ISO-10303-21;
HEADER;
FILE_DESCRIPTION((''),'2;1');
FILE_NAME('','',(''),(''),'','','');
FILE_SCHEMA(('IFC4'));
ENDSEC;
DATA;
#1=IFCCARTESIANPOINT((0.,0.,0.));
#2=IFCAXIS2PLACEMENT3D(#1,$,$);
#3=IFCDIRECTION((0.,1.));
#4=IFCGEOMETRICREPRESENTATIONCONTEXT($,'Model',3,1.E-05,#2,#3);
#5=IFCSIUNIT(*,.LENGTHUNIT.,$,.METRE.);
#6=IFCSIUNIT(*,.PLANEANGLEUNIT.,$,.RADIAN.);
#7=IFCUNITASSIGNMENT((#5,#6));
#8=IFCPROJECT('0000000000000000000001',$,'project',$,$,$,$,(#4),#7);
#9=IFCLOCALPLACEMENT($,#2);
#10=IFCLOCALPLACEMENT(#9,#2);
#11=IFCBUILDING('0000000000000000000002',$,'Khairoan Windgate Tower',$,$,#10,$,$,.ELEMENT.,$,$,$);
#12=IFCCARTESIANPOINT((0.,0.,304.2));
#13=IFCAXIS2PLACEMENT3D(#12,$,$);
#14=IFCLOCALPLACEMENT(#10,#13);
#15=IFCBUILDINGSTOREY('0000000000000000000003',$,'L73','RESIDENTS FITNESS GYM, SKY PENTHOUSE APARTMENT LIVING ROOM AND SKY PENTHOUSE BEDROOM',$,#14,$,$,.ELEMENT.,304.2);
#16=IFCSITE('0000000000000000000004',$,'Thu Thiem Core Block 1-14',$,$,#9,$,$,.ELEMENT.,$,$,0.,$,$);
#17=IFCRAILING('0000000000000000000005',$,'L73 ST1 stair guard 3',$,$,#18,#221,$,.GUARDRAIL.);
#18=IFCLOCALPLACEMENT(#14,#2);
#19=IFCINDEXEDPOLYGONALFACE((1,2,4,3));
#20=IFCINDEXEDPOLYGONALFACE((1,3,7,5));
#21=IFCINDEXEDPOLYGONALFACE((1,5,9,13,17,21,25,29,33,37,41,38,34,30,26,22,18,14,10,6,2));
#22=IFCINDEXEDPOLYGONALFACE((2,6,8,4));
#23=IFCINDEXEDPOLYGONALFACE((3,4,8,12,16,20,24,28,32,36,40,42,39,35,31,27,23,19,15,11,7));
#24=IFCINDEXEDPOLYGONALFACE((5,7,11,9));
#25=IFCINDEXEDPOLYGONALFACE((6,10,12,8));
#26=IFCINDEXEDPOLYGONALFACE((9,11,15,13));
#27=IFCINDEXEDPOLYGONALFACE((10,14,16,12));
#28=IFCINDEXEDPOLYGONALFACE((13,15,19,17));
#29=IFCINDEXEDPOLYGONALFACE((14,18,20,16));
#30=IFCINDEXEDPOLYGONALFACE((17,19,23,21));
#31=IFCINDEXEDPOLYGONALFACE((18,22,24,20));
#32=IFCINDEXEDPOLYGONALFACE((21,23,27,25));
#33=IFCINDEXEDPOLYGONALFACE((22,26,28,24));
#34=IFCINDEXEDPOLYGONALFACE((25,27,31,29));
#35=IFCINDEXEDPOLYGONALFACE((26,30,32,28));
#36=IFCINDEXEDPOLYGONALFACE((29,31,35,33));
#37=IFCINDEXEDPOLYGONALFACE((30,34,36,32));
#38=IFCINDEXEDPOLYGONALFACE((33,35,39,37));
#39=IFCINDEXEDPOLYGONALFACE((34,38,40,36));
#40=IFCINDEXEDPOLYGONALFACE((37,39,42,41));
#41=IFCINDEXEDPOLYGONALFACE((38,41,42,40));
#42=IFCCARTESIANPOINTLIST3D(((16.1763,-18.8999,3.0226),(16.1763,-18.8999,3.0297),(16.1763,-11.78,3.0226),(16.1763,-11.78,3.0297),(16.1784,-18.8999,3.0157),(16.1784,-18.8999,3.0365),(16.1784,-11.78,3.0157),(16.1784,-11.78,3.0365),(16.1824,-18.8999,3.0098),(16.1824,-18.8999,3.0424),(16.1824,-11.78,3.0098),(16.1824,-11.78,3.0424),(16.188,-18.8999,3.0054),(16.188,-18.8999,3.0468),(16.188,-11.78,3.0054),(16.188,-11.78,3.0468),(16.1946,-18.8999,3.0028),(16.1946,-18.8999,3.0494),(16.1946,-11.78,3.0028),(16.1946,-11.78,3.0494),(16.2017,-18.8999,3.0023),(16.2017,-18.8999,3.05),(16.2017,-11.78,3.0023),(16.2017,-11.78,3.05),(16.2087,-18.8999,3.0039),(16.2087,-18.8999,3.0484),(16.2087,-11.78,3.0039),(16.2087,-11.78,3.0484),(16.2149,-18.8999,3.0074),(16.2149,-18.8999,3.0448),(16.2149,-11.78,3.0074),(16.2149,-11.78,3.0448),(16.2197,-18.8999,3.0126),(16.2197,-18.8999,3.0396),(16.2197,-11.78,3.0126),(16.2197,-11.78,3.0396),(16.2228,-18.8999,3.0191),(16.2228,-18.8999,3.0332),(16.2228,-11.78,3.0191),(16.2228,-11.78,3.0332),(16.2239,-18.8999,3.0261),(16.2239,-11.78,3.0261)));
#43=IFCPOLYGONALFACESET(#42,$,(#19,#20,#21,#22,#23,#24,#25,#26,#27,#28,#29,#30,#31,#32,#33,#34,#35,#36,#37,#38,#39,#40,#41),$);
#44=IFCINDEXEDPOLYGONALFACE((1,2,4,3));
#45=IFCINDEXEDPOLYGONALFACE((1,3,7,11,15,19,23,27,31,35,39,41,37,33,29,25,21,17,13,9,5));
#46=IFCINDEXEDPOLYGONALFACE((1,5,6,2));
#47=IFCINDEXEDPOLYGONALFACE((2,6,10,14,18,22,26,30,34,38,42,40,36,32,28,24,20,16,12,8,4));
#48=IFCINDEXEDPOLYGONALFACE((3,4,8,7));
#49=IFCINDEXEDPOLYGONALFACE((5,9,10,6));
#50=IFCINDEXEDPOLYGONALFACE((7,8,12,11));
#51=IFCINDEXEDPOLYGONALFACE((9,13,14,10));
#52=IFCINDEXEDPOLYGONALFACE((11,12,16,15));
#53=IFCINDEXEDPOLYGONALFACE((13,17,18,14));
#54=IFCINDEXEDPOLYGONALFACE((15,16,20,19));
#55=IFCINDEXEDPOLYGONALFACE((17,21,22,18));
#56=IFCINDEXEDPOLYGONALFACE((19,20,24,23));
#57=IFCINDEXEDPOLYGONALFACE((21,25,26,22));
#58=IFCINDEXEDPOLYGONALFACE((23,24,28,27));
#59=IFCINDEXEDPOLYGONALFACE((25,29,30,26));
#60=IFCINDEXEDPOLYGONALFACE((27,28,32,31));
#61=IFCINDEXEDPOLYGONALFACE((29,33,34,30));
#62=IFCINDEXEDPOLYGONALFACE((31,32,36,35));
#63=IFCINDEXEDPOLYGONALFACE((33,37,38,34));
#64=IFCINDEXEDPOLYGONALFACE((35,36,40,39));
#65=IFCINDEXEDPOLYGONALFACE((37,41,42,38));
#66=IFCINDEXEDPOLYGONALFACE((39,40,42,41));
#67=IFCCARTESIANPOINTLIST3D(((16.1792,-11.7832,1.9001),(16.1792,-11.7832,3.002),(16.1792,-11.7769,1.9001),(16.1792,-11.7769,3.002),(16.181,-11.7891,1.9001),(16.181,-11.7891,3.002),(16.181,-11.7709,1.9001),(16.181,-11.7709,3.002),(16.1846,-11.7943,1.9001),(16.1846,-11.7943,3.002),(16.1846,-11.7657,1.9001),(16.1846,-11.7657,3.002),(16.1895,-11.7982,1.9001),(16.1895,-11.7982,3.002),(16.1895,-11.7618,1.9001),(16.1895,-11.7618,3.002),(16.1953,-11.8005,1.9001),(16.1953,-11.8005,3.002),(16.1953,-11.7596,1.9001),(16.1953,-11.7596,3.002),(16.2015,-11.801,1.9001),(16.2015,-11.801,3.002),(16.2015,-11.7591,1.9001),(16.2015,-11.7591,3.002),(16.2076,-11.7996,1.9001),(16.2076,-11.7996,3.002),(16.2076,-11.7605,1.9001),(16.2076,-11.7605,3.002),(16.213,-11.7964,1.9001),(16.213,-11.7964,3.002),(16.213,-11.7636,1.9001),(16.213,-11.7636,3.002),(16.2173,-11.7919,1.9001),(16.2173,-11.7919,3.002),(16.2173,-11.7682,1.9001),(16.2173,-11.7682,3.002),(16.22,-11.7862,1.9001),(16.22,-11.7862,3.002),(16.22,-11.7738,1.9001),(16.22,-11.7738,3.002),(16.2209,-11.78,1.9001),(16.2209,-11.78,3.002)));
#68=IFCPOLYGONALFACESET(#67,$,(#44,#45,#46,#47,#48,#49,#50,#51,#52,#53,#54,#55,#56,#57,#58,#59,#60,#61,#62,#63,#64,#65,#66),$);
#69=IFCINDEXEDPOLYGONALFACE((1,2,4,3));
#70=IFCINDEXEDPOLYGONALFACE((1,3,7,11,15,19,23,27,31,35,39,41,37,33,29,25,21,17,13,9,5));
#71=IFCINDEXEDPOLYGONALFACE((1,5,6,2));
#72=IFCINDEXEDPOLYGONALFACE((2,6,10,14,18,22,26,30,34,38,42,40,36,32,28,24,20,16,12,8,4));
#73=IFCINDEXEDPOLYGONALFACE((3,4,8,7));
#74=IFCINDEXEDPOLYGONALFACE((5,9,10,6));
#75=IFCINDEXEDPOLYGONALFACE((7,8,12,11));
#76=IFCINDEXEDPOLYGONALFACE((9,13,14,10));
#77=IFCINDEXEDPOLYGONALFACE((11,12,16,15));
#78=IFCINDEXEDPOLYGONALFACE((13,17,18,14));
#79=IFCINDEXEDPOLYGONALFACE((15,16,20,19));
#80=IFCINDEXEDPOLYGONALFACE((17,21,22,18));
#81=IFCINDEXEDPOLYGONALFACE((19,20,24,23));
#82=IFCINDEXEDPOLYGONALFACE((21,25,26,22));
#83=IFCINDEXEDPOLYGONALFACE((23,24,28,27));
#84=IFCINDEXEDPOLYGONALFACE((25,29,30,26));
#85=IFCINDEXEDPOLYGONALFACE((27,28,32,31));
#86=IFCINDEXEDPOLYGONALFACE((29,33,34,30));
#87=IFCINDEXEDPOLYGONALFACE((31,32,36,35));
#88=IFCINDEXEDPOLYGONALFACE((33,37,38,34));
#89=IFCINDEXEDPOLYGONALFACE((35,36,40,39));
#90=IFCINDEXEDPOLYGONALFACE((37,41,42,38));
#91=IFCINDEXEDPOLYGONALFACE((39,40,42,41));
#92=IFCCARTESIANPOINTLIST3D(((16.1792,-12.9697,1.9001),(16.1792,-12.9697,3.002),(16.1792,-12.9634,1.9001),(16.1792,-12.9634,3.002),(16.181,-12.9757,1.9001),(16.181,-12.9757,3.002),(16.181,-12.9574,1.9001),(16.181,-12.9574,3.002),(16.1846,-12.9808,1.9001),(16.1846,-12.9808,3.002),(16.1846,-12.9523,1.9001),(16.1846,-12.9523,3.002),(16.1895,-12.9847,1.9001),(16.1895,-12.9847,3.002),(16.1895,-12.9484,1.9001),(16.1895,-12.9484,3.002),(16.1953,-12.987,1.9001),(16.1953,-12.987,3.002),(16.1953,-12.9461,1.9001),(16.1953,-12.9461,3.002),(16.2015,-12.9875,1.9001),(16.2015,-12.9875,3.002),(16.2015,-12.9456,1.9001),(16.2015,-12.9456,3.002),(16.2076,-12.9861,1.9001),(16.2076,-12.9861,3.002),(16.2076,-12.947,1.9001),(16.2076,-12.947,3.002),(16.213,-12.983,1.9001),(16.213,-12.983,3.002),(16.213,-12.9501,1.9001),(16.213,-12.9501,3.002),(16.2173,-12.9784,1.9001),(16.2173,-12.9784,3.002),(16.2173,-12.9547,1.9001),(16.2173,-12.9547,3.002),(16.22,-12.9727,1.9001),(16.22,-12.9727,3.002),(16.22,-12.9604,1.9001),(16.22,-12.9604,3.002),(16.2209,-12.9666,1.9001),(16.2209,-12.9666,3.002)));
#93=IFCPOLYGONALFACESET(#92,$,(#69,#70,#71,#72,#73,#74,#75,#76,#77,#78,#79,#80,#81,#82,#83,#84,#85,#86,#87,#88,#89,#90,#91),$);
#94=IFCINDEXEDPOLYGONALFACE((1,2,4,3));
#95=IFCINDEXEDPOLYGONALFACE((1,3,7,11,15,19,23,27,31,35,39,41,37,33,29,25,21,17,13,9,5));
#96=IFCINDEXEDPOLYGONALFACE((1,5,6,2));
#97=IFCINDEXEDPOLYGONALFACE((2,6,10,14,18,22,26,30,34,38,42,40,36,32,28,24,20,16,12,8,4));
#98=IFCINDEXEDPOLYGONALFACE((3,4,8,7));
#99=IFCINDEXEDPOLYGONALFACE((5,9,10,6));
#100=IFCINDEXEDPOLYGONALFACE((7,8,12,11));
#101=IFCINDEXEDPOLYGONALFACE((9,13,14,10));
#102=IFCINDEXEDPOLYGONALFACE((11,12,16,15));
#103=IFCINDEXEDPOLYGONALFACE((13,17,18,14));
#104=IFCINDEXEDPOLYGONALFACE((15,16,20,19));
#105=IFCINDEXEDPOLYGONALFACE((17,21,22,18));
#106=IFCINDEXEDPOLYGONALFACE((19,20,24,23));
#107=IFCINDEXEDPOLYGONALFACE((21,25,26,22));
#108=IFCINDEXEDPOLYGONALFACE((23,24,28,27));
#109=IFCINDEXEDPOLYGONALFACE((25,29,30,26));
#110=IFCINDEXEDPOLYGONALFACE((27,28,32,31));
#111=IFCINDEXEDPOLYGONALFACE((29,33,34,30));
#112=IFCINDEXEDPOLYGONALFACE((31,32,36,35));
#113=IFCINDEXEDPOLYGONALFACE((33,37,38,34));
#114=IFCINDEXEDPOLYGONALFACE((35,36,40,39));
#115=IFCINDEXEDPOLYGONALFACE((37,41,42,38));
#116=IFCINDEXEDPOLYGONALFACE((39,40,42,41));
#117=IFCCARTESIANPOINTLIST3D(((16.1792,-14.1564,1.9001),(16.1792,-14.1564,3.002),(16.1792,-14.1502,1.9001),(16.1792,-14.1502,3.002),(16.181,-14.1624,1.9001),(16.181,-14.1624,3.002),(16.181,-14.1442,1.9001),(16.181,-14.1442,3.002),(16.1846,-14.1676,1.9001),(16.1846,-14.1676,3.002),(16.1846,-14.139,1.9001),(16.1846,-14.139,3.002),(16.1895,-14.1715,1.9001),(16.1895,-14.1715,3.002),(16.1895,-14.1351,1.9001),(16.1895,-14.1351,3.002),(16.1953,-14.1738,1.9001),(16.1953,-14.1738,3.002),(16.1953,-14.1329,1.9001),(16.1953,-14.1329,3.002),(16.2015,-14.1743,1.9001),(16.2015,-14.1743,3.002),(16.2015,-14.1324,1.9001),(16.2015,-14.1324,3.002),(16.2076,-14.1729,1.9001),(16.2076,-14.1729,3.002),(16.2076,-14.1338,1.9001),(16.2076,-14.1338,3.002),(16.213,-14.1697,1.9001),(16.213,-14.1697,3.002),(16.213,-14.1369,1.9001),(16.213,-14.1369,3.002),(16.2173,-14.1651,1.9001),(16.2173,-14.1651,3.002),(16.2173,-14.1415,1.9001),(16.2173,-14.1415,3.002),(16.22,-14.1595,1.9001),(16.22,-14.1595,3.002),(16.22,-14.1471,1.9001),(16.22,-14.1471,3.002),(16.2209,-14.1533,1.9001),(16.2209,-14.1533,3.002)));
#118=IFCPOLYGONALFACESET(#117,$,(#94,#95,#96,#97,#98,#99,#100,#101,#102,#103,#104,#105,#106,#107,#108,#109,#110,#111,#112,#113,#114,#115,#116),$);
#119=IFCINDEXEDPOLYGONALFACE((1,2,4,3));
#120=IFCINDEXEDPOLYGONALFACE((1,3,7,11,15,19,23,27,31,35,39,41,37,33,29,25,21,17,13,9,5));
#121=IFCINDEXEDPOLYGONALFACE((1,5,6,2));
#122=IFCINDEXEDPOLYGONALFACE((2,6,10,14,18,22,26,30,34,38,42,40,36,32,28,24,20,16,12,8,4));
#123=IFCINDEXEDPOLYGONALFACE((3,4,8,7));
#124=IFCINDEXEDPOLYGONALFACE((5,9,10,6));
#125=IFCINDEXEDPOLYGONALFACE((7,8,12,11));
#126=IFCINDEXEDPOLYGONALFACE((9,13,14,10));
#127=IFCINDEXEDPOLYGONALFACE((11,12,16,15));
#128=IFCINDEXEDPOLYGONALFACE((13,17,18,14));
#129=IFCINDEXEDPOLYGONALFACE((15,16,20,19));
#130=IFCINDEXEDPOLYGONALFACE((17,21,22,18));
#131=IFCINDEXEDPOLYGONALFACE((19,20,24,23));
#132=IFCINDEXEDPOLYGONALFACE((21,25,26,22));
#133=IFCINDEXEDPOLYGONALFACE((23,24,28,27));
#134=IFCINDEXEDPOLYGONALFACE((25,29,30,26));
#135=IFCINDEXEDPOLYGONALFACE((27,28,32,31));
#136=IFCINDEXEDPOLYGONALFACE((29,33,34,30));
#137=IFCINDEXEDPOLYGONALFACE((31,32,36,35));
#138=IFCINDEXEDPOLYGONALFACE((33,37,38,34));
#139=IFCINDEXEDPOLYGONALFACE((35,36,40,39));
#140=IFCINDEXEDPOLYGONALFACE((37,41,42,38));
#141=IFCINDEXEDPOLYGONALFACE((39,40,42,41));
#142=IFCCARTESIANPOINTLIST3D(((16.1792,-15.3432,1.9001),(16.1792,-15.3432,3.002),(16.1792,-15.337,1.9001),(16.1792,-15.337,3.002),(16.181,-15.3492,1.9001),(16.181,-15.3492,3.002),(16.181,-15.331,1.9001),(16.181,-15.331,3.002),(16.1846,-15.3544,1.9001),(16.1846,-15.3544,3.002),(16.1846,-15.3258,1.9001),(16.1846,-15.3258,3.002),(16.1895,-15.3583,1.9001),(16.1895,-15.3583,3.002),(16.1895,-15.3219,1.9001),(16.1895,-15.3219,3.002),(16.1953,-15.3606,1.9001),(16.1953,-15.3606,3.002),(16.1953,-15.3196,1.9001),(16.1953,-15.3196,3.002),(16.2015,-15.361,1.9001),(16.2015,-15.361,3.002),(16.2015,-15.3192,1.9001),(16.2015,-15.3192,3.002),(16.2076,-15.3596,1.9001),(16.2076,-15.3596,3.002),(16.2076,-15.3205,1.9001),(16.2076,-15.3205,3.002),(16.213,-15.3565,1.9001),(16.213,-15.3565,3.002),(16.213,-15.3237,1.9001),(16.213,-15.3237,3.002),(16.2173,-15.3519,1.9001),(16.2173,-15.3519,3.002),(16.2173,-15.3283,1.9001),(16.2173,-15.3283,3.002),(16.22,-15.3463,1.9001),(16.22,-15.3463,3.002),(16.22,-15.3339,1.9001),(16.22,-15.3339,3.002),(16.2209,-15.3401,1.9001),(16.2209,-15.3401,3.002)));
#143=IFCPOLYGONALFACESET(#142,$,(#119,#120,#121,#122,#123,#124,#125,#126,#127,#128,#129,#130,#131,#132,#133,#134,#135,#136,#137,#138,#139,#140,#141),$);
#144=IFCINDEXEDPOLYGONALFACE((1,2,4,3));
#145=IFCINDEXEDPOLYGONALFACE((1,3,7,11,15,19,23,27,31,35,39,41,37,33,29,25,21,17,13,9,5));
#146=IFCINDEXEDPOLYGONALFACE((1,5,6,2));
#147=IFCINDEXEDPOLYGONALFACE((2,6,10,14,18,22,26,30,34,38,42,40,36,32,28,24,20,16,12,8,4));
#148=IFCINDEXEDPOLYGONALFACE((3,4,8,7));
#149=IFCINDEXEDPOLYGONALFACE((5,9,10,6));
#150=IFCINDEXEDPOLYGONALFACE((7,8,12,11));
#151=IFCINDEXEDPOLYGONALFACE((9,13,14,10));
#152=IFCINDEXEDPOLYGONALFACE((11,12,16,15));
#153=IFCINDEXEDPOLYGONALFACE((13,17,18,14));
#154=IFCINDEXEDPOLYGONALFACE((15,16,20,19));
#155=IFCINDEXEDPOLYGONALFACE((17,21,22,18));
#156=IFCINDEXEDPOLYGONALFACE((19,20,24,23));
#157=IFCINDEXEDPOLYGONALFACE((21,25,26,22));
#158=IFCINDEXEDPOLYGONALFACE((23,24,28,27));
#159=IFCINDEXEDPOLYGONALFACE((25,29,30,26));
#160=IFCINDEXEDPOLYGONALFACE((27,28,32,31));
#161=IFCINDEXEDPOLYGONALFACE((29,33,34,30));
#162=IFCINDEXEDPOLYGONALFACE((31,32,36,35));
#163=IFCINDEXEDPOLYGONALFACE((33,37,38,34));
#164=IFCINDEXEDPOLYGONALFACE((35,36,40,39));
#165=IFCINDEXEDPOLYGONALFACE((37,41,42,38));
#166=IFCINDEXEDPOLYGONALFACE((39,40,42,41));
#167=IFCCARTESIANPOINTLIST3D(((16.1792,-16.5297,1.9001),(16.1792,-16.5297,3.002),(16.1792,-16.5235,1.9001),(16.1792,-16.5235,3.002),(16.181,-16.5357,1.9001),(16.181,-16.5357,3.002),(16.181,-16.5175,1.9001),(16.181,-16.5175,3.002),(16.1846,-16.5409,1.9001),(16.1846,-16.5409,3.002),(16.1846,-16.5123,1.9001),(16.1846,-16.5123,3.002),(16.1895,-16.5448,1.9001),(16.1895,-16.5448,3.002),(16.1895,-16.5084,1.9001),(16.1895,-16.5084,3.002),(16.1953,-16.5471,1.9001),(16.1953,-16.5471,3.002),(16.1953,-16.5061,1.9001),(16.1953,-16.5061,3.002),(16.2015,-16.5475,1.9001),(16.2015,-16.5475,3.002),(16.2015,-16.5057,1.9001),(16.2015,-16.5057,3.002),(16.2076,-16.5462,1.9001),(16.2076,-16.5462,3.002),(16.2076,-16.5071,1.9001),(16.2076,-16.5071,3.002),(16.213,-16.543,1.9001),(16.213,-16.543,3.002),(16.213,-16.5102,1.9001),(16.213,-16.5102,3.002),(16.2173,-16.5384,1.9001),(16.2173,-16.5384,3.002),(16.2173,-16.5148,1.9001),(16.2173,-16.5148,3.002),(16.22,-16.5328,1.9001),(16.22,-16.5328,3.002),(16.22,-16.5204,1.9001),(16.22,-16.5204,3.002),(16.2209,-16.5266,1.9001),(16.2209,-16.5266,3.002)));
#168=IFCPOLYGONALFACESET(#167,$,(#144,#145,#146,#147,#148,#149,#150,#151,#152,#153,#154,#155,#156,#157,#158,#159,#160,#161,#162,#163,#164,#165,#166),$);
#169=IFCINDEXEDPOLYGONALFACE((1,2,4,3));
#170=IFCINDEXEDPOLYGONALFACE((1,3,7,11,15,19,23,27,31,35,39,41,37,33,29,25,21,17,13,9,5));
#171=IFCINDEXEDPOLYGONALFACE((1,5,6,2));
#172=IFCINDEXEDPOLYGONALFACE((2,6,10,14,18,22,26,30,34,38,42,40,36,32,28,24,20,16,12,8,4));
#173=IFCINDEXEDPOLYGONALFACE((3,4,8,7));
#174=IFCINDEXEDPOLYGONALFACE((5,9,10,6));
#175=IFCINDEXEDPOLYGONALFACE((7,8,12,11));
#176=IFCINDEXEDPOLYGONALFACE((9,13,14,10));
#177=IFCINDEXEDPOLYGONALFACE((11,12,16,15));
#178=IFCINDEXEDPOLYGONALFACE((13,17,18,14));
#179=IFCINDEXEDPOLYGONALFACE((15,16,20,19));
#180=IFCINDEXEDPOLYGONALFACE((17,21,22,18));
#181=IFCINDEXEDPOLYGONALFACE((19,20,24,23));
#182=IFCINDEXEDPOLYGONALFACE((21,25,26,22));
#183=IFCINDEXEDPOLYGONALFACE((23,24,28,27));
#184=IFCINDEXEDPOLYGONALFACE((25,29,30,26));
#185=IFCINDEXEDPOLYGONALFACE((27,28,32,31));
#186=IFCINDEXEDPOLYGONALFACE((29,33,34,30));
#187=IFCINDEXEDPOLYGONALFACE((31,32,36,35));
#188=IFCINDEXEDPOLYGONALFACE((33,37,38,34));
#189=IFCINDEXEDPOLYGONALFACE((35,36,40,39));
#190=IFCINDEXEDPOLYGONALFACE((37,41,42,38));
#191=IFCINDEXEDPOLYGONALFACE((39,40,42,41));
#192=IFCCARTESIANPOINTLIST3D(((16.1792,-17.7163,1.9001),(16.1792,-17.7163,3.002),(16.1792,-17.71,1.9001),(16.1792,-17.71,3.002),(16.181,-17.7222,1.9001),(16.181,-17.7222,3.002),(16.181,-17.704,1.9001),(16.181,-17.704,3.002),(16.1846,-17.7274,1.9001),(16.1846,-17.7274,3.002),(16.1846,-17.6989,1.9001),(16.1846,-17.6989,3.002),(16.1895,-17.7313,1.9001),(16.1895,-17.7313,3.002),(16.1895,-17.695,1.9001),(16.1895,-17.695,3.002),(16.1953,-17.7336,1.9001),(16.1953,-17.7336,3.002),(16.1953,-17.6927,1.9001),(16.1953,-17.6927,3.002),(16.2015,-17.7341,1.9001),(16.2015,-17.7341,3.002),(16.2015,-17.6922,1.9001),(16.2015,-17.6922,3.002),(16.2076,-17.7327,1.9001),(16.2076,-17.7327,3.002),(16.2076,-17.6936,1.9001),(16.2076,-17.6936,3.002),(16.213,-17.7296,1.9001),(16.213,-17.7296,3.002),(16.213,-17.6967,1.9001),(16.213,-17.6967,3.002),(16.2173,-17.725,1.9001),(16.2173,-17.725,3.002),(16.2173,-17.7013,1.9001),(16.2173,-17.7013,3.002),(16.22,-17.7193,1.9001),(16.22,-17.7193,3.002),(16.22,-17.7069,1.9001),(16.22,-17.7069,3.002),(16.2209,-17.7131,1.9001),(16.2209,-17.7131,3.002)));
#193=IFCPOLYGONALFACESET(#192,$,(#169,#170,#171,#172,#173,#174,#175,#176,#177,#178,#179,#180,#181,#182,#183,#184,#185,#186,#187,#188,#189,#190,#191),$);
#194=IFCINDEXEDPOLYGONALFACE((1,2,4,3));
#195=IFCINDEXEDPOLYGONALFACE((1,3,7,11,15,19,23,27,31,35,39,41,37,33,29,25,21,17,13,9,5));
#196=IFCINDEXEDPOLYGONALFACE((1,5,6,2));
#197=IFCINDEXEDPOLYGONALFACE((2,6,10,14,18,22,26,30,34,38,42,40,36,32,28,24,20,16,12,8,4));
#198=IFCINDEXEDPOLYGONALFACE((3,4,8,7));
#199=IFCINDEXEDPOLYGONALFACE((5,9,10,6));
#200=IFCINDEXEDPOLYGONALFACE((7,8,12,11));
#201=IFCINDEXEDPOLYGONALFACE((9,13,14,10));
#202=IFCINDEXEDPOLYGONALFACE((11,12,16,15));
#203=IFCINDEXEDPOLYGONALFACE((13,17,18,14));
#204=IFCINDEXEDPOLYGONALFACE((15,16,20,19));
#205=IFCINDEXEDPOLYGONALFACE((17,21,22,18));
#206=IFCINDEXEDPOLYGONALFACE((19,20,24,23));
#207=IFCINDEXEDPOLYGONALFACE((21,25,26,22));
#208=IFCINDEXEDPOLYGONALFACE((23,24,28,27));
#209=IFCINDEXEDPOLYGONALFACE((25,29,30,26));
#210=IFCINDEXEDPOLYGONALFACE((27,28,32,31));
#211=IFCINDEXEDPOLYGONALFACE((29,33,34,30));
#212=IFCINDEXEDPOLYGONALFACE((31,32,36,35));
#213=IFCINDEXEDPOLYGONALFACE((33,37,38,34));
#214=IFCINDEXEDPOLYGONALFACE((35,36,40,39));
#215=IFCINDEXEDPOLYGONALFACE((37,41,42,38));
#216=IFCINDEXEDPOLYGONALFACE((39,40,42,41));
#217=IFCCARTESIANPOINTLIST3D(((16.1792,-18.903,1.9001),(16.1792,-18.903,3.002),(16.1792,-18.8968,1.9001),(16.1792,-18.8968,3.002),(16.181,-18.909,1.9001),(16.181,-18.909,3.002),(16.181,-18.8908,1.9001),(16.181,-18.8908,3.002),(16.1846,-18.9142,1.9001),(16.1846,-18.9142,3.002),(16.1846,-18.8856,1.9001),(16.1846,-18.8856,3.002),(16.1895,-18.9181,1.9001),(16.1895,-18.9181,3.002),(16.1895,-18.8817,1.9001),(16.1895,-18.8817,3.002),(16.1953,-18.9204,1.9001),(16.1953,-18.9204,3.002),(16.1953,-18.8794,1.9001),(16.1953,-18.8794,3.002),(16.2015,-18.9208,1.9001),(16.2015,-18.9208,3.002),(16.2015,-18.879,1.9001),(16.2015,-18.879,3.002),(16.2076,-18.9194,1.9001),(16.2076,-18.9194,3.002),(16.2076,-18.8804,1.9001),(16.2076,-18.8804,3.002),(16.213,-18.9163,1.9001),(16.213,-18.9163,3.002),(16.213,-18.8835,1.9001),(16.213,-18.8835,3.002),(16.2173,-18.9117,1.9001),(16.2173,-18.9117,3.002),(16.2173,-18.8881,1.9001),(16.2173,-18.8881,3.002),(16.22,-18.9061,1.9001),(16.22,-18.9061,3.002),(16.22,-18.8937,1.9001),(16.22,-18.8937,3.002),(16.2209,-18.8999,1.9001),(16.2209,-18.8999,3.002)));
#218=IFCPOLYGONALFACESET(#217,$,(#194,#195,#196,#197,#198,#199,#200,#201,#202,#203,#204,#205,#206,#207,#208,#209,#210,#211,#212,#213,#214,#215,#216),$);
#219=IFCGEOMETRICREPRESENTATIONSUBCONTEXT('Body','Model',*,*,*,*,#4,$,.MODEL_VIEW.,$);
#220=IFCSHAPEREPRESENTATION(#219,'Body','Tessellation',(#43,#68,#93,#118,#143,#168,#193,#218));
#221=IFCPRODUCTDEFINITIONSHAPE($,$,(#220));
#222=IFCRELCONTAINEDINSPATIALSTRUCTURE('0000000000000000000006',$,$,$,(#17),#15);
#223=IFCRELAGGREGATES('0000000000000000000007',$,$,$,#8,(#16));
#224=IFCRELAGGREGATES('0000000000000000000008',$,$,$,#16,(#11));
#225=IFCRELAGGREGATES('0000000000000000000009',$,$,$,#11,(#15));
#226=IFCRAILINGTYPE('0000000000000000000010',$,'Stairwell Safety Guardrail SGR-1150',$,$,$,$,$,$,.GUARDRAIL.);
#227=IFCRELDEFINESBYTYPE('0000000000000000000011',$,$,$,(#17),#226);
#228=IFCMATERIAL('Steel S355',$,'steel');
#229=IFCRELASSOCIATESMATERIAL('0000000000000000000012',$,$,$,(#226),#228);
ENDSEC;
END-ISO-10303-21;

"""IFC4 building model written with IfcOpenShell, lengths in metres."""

from ifc_helpers import new_model, si_unit, direction, frame, origin, origin_2d, place, context, subcontext, project, spatial, circle, extrude, material, type_object, element, save


model = new_model("IFC4")

# Units and contexts
model_context = context("Model", 3, precision=1e-05, world=origin(), true_north=direction((0.0, 1.0)))
body_context = subcontext(model_context, "Body", "Model", "MODEL_VIEW")
ifc_project = project(units=[si_unit("LENGTHUNIT", "METRE"), si_unit("PLANEANGLEUNIT", "RADIAN")], contexts=[model_context])

# Site, building, storey
site_placement = place(None, origin())
site = spatial("IfcSite", under=ifc_project, at=site_placement, Name="Thu Thiem Core Block 1-14", CompositionType="ELEMENT", RefElevation=0.0)
building_placement = place(site_placement, origin())
building = spatial("IfcBuilding", under=site, at=building_placement, Name="Khairoan Windgate Tower", CompositionType="ELEMENT")
storey_placement = place(building_placement, frame((0.0, 0.0, 304.2)))
storey = spatial("IfcBuildingStorey", under=building, at=storey_placement, Name="L73", Description="RESIDENTS FITNESS GYM, SKY PENTHOUSE APARTMENT LIVING ROOM AND SKY PENTHOUSE BEDROOM", CompositionType="ELEMENT", Elevation=304.2)

# Railing
ifc_material_1 = material(Name="Steel S355", Category="steel")
railing_type_1 = type_object("IfcRailingType", Name="Stairwell Safety Guardrail SGR-1150", PredefinedType="GUARDRAIL", material=ifc_material_1)
railing_1_placement = place(storey_placement, frame((16.2, -11.78, 1.9001)))
element("IfcRailing", 1, at=railing_1_placement, inside=storey, type_object=railing_type_1, Name="L73 ST1 stair guard 3", PredefinedType="GUARDRAIL", context=body_context, shape_type="SweptSolid", body=[
    extrude(circle(Radius=0.0239, at=origin_2d()), frame((0.0, 0.0, 1.126), z_axis=(0.0, -1.0, 0.0), x_axis=(1.0, 0.0, 0.0)), (0.0, 0.0, 1.0), 7.1199),
    extrude(circle(Radius=0.021, at=origin_2d()), origin(), (0.0, 0.0, 1.0), 1.1018),
    extrude(circle(Radius=0.021, at=origin_2d()), frame((0.0, -1.1865, 0.0)), (0.0, 0.0, 1.0), 1.1018),
    extrude(circle(Radius=0.021, at=origin_2d()), frame((0.0, -2.3733, 0.0)), (0.0, 0.0, 1.0), 1.1018),
    extrude(circle(Radius=0.021, at=origin_2d()), frame((0.0, -3.5601, 0.0)), (0.0, 0.0, 1.0), 1.1018),
    extrude(circle(Radius=0.021, at=origin_2d()), frame((0.0, -4.7466, 0.0)), (0.0, 0.0, 1.0), 1.1018),
    extrude(circle(Radius=0.021, at=origin_2d()), frame((0.0, -5.9331, 0.0)), (0.0, 0.0, 1.0), 1.1018),
    extrude(circle(Radius=0.021, at=origin_2d()), frame((0.0, -7.1199, 0.0)), (0.0, 0.0, 1.0), 1.1018),
])

save(model, "model.ifc")
